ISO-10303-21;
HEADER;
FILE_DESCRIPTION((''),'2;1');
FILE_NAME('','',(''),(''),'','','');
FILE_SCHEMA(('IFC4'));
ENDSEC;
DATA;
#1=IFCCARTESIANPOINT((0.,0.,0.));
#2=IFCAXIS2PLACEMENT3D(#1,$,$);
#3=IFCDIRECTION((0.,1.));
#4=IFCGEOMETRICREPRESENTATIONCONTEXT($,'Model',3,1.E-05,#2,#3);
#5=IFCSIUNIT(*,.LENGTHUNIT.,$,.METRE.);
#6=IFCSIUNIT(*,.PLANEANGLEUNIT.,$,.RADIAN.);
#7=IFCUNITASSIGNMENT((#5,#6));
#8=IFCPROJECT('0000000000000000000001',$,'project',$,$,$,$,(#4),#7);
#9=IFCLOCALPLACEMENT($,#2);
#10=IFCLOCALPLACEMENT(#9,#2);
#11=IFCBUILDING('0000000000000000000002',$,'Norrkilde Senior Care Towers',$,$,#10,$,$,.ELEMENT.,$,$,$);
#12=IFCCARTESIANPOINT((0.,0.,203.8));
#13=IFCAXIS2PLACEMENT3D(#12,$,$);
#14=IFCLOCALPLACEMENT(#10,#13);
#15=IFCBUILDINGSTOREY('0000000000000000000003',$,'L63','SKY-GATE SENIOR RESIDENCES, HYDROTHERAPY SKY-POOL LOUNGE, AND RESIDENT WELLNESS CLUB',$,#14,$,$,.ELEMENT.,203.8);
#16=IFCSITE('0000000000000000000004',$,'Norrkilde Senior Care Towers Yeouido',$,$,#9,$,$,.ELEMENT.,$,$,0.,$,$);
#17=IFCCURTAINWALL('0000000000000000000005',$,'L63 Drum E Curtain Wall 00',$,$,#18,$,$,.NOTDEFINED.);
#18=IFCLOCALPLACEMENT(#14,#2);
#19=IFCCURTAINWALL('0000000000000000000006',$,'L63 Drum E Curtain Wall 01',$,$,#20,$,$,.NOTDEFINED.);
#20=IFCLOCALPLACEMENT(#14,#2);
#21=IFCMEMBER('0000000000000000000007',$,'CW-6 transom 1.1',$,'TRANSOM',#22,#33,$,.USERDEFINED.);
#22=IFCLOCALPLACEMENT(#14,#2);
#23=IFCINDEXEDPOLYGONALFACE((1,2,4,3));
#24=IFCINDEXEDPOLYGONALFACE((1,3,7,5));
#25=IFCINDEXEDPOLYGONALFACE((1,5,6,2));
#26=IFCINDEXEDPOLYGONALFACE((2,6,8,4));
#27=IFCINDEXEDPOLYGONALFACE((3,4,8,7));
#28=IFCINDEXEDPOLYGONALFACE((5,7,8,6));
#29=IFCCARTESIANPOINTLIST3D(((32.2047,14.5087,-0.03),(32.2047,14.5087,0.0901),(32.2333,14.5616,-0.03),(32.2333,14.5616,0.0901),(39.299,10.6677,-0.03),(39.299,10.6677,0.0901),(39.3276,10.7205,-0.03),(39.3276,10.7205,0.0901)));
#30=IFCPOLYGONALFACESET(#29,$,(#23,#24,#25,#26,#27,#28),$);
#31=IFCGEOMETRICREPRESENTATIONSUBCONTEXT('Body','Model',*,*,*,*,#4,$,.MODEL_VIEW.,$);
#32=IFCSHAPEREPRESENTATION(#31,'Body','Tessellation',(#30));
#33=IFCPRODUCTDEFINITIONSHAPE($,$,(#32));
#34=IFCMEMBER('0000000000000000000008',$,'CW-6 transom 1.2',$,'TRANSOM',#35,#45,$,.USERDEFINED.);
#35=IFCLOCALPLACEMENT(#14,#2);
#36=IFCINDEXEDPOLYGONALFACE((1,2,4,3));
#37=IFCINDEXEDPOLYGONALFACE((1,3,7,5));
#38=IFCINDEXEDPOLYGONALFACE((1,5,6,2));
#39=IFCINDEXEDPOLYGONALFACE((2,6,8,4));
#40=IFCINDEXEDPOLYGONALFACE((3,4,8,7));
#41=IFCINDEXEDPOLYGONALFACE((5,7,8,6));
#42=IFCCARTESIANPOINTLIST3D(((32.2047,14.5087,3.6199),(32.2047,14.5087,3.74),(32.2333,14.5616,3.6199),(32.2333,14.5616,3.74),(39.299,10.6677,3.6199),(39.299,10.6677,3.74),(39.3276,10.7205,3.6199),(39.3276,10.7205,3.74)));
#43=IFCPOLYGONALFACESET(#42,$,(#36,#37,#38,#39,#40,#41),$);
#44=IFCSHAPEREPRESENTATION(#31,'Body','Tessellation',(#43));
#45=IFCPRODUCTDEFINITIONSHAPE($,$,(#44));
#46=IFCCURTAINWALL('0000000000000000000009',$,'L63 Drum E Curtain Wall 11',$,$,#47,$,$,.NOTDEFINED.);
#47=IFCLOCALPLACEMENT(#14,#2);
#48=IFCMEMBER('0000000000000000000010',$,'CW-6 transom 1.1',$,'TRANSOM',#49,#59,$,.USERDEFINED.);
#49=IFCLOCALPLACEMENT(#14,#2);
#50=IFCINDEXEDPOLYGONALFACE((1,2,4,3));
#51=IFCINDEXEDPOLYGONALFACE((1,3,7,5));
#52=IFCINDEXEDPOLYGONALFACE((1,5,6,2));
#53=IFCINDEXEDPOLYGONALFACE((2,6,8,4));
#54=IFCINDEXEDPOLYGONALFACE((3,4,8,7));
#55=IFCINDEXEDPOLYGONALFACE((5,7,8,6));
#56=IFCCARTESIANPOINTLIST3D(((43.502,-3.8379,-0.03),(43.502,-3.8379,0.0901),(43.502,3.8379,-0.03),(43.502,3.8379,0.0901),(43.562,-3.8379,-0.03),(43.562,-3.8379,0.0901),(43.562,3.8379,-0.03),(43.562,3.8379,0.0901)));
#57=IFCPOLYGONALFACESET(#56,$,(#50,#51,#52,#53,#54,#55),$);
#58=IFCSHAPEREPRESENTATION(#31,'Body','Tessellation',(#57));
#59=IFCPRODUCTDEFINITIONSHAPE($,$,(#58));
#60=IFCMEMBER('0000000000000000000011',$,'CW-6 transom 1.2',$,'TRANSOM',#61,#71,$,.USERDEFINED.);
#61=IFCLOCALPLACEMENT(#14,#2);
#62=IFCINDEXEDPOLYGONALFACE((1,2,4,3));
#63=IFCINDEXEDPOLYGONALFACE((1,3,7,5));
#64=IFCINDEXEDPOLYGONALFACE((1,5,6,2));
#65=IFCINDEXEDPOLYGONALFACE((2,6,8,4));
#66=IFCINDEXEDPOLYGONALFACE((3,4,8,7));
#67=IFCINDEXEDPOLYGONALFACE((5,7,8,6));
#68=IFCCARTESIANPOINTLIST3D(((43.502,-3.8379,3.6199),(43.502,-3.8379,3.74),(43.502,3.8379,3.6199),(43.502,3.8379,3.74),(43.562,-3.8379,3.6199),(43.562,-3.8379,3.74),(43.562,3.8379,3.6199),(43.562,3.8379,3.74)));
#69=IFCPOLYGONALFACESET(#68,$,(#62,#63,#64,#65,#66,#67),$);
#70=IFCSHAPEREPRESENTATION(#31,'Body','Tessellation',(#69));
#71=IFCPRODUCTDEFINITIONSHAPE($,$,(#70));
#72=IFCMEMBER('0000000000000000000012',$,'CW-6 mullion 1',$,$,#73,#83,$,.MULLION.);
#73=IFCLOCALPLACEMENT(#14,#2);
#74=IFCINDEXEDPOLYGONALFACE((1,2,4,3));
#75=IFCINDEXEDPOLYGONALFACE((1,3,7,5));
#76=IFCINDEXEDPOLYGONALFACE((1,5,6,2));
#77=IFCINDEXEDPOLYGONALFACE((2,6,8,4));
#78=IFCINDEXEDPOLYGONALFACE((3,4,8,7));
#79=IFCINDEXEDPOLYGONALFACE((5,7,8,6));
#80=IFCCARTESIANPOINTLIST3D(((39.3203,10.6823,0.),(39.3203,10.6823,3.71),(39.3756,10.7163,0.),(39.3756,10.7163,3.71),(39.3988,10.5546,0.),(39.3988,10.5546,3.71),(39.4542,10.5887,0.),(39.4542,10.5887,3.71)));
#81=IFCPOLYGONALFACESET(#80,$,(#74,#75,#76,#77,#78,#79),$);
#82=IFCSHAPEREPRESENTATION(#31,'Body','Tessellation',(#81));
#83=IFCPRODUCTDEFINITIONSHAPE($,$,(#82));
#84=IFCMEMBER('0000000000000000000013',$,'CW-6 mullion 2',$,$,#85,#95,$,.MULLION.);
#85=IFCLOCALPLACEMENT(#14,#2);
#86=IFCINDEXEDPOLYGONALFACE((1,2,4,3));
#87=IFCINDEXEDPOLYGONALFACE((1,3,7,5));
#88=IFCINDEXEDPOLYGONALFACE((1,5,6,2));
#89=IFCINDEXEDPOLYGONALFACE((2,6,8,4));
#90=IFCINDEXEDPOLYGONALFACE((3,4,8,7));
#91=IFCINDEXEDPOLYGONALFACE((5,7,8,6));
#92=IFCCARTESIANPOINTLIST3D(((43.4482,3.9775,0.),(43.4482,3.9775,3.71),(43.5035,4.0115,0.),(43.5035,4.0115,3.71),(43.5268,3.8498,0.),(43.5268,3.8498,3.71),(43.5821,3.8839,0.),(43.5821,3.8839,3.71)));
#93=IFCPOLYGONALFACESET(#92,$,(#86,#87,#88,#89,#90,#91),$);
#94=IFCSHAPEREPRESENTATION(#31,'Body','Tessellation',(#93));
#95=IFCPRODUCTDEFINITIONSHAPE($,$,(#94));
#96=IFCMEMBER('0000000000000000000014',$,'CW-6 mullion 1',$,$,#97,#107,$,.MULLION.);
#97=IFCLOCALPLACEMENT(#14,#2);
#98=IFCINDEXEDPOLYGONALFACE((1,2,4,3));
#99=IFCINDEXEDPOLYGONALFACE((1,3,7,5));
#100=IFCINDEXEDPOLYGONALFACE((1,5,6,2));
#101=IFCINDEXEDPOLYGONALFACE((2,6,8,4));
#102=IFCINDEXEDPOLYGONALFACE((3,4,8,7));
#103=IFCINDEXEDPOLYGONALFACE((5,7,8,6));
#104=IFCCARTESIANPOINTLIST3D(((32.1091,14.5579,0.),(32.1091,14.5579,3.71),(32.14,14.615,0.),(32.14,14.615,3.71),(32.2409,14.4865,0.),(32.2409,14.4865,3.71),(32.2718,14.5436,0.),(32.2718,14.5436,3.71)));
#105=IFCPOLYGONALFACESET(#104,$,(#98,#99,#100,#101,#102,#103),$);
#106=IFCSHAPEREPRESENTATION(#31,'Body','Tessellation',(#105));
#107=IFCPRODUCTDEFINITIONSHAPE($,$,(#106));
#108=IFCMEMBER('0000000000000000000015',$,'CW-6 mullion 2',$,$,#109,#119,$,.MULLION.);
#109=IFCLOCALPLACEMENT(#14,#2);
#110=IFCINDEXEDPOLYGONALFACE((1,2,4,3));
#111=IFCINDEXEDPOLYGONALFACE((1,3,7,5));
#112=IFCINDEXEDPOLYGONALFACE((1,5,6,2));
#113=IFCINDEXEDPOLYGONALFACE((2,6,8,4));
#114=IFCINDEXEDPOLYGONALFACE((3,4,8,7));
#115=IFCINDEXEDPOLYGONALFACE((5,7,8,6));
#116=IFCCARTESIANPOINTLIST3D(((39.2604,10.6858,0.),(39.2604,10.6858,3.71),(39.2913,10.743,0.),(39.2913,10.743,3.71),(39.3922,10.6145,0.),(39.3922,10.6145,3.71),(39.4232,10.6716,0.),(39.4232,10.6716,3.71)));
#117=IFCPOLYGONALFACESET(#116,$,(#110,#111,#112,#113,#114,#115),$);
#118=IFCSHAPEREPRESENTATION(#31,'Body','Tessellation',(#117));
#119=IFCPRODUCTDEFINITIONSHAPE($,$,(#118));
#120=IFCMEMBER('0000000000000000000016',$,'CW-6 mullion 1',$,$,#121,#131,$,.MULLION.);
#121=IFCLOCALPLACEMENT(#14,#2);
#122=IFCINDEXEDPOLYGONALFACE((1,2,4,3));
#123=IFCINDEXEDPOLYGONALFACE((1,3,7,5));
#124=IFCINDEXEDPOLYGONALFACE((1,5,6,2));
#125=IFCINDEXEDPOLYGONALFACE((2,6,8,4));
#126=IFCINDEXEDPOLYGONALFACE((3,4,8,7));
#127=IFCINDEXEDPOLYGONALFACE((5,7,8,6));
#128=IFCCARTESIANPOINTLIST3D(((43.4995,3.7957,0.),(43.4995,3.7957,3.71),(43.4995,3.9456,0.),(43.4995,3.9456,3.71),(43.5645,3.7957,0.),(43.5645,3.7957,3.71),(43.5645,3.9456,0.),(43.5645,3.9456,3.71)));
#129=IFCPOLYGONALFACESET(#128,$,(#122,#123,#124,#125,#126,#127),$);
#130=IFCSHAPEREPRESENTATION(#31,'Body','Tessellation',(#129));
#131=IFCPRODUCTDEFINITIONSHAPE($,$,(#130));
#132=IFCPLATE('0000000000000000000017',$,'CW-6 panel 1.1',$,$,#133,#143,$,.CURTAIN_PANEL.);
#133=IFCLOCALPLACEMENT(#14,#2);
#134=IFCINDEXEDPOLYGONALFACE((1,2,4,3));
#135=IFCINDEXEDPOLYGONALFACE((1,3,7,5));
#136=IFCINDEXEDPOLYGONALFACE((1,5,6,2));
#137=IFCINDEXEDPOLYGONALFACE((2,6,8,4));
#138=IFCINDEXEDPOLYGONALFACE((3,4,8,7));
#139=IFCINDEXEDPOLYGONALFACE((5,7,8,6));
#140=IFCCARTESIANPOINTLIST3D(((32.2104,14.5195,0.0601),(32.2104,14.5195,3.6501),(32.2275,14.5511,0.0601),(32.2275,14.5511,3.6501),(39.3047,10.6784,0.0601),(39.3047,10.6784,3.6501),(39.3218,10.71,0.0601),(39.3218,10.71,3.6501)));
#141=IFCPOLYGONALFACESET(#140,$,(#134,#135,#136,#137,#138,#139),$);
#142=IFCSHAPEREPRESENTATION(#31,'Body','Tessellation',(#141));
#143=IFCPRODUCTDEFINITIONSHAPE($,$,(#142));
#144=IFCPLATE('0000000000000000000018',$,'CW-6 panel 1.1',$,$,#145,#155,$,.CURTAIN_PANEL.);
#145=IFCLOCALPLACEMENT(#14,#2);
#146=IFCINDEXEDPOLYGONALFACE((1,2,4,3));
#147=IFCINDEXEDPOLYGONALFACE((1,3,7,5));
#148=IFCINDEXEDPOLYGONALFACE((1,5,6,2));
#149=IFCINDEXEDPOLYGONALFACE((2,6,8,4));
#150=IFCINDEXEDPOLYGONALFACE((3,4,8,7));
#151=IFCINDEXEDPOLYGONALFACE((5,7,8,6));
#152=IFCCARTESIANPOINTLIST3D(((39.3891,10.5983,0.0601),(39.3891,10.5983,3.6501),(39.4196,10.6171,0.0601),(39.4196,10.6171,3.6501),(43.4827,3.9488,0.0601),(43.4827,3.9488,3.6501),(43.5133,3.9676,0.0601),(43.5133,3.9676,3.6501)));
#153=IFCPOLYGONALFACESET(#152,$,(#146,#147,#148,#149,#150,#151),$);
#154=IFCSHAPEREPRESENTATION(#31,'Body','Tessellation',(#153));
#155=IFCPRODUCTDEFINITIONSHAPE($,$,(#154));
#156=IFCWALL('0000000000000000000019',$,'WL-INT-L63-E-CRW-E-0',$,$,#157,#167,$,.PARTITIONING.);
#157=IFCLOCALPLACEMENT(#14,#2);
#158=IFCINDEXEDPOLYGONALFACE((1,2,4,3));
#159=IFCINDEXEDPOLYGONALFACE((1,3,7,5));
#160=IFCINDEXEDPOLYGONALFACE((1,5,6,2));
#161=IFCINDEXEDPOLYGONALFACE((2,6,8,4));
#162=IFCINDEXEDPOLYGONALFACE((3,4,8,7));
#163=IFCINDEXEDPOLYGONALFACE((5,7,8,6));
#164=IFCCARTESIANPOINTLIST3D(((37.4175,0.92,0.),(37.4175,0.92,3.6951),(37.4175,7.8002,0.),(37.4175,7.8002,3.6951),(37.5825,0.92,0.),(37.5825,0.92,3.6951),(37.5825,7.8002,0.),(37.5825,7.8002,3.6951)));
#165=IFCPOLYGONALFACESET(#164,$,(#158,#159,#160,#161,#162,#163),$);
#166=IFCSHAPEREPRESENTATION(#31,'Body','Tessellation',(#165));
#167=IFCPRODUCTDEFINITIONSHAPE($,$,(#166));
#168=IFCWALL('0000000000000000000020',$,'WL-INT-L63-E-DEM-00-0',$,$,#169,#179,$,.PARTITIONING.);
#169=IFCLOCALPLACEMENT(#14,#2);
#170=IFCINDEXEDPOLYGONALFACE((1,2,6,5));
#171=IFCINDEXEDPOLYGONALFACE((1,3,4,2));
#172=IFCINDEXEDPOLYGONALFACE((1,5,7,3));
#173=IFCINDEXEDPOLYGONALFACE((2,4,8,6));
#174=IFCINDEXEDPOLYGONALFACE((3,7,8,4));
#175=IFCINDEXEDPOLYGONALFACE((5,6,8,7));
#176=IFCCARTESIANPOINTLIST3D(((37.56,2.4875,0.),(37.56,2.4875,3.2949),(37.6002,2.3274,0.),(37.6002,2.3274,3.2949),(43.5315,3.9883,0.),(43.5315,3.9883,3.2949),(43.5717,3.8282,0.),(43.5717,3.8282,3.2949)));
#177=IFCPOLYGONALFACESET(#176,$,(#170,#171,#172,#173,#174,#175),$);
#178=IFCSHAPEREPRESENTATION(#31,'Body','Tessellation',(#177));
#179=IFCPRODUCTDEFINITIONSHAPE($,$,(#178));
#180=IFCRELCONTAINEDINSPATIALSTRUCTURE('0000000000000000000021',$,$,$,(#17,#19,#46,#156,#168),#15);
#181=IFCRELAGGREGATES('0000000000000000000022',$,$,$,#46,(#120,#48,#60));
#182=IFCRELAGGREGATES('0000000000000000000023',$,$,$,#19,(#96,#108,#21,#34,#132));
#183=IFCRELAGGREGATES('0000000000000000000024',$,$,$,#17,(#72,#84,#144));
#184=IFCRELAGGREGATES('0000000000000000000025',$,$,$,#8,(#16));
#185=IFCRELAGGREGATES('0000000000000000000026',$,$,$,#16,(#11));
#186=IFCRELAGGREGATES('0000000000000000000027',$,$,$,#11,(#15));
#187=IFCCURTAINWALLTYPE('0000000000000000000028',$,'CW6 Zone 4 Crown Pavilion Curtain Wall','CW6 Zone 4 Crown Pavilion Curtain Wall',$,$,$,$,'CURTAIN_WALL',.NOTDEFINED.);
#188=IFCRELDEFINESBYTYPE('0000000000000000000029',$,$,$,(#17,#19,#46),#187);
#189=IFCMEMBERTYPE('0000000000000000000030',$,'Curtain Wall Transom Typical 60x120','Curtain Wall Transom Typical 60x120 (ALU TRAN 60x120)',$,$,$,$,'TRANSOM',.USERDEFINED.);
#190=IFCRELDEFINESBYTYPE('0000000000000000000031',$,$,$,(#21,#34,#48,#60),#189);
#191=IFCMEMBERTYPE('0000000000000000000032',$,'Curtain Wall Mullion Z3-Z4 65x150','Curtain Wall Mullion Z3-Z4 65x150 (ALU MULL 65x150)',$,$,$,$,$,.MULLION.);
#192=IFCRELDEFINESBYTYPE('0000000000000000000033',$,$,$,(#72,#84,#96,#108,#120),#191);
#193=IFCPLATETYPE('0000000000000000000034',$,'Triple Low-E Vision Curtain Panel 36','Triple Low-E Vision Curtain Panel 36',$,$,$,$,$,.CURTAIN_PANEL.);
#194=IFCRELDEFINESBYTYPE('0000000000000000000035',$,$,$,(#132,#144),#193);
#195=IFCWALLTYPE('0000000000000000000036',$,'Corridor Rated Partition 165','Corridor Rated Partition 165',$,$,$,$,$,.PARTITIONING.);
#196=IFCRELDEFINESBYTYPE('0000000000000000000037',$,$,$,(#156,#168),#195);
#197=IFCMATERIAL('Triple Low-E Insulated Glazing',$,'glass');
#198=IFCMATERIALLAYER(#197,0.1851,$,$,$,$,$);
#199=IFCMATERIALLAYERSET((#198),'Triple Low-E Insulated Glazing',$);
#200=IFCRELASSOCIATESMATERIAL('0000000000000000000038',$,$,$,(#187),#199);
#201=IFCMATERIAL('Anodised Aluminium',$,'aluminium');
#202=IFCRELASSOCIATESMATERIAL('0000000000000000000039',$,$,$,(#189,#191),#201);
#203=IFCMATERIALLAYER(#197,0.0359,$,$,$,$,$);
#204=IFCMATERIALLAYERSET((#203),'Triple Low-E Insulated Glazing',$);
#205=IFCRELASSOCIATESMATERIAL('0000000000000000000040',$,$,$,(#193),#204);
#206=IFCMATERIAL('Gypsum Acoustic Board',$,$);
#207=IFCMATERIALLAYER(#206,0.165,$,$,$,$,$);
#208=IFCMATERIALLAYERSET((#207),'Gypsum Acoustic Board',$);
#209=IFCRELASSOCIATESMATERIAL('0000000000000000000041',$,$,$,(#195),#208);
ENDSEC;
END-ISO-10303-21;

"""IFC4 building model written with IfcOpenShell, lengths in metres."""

from ifc_helpers import new_model, si_unit, direction, frame, frame_2d, origin, origin_2d, place, context, subcontext, project, spatial, rectangle, extrude, source, transform, mapped, material, layer, layer_set, material_profile, profile_set, type_object, type_shapes, element, aggregate, save


model = new_model("IFC4")

# Units and contexts
model_context = context("Model", 3, precision=1e-05, world=origin(), true_north=direction((0.0, 1.0)))
body_context = subcontext(model_context, "Body", "Model", "MODEL_VIEW")
ifc_project = project(units=[si_unit("LENGTHUNIT", "METRE"), si_unit("PLANEANGLEUNIT", "RADIAN")], contexts=[model_context])

# Site, building, storey
site_placement = place(None, origin())
site = spatial("IfcSite", under=ifc_project, at=site_placement, Name="Norrkilde Senior Care Towers Yeouido", CompositionType="ELEMENT", RefElevation=0.0)
building_placement = place(site_placement, origin())
building = spatial("IfcBuilding", under=site, at=building_placement, Name="Norrkilde Senior Care Towers", CompositionType="ELEMENT")
storey_placement = place(building_placement, frame((0.0, 0.0, 203.8)))
storey = spatial("IfcBuildingStorey", under=building, at=storey_placement, Name="L63", Description="SKY-GATE SENIOR RESIDENCES, HYDROTHERAPY SKY-POOL LOUNGE, AND RESIDENT WELLNESS CLUB", CompositionType="ELEMENT", Elevation=203.8)

# Curtain walls, members
ifc_material_1 = material(Name="Triple Low-E Insulated Glazing", Category="glass")
ifc_layer_1 = layer(ifc_material_1, 0.1851)
ifc_layer_set_1 = layer_set([ifc_layer_1], Name="Triple Low-E Insulated Glazing")
curtain_wall_type = type_object("IfcCurtainWallType", Name="CW6 Zone 4 Crown Pavilion Curtain Wall", Description="CW6 Zone 4 Crown Pavilion Curtain Wall", ElementType="CURTAIN_WALL", PredefinedType="NOTDEFINED", material=ifc_layer_set_1)
curtain_wall_1_placement = place(storey_placement, origin())
curtain_wall_1 = element("IfcCurtainWall", 1, at=curtain_wall_1_placement, inside=storey, type_object=curtain_wall_type, Name="L63 Drum E Curtain Wall 00", PredefinedType="NOTDEFINED")
ifc_material_2 = material(Name="Anodised Aluminium", Category="aluminium")
ifc_material_profile_1 = material_profile(ifc_material_2, rectangle(XDim=0.0601, YDim=0.1201, at=origin_2d()), Name="ALU TRAN 60x120")
ifc_profile_set_1 = profile_set([ifc_material_profile_1], Name="Anodised Aluminium")
member_type_1 = type_object("IfcMemberType", Name="Curtain Wall Transom Typical 60x120", Description="Curtain Wall Transom Typical 60x120 (ALU TRAN 60x120)", ElementType="TRANSOM", PredefinedType="USERDEFINED", material=ifc_profile_set_1)
curtain_wall_2_placement = place(storey_placement, origin())
curtain_wall_2 = element("IfcCurtainWall", 2, at=curtain_wall_2_placement, inside=storey, type_object=curtain_wall_type, Name="L63 Drum E Curtain Wall 01", PredefinedType="NOTDEFINED")
shared_shape_1 = source(origin(), body_context, "Body", "SweptSolid", [
    extrude(rectangle(XDim=0.0601, YDim=0.1201, at=origin_2d()), origin(), (0.0, 0.0, 1.0), 8.0674),
])
member_1_placement = place(storey_placement, frame((32.219, 14.5352, 0.03), z_axis=(0.879378, -0.476125, 0.0), x_axis=(0.476125, 0.879378, 0.0)))
member_1 = element("IfcMember", 3, at=member_1_placement, type_object=member_type_1, Name="CW-6 transom 1.1", ObjectType="TRANSOM", PredefinedType="USERDEFINED", context=body_context, shape_type="MappedRepresentation", body=[
    mapped(shared_shape_1, transform((0.0, 0.0, 0.0), x_axis=(1.0, 0.0, 0.0), y_axis=(0.0, 1.0, 0.0), z_axis=(0.0, 0.0, 1.0), scale=1.0)),
])
member_2_placement = place(storey_placement, frame((32.219, 14.5352, 3.6799), z_axis=(0.879378, -0.476125, 0.0), x_axis=(0.476125, 0.879378, 0.0)))
member_2 = element("IfcMember", 4, at=member_2_placement, type_object=member_type_1, Name="CW-6 transom 1.2", ObjectType="TRANSOM", PredefinedType="USERDEFINED", context=body_context, shape_type="MappedRepresentation", body=[
    mapped(shared_shape_1, transform((0.0, 0.0, 0.0), x_axis=(1.0, 0.0, 0.0), y_axis=(0.0, 1.0, 0.0), z_axis=(0.0, 0.0, 1.0), scale=1.0)),
])
curtain_wall_3_placement = place(storey_placement, origin())
curtain_wall_3 = element("IfcCurtainWall", 5, at=curtain_wall_3_placement, inside=storey, type_object=curtain_wall_type, Name="L63 Drum E Curtain Wall 11", PredefinedType="NOTDEFINED")
shared_shape_2 = source(origin(), body_context, "Body", "SweptSolid", [
    extrude(rectangle(XDim=0.0601, YDim=0.1201, at=origin_2d()), origin(), (0.0, 0.0, 1.0), 7.6758),
])
member_3_placement = place(storey_placement, frame((43.532, 3.8379, 0.03), z_axis=(0.0, -1.0, 0.0), x_axis=(1.0, 0.0, 0.0)))
member_3 = element("IfcMember", 6, at=member_3_placement, type_object=member_type_1, Name="CW-6 transom 1.1", ObjectType="TRANSOM", PredefinedType="USERDEFINED", context=body_context, shape_type="MappedRepresentation", body=[
    mapped(shared_shape_2, transform((0.0, 0.0, 0.0), x_axis=(1.0, 0.0, 0.0), y_axis=(0.0, 1.0, 0.0), z_axis=(0.0, 0.0, 1.0), scale=1.0)),
])
member_4_placement = place(storey_placement, frame((43.532, 3.8379, 3.6799), z_axis=(0.0, -1.0, 0.0), x_axis=(1.0, 0.0, 0.0)))
member_4 = element("IfcMember", 7, at=member_4_placement, type_object=member_type_1, Name="CW-6 transom 1.2", ObjectType="TRANSOM", PredefinedType="USERDEFINED", context=body_context, shape_type="MappedRepresentation", body=[
    mapped(shared_shape_2, transform((0.0, 0.0, 0.0), x_axis=(1.0, 0.0, 0.0), y_axis=(0.0, 1.0, 0.0), z_axis=(0.0, 0.0, 1.0), scale=1.0)),
])

# Members
ifc_material_profile_2 = material_profile(ifc_material_2, rectangle(XDim=0.0649, YDim=0.1499, at=origin_2d()), Name="ALU MULL 65x150")
ifc_profile_set_2 = profile_set([ifc_material_profile_2], Name="Anodised Aluminium")
member_type_2 = type_object("IfcMemberType", Name="Curtain Wall Mullion Z3-Z4 65x150", Description="Curtain Wall Mullion Z3-Z4 65x150 (ALU MULL 65x150)", PredefinedType="MULLION", material=ifc_profile_set_2)
shared_shape_3 = source(origin(), body_context, "Body", "SweptSolid", [
    extrude(rectangle(XDim=0.0649, YDim=0.1499, at=origin_2d()), origin(), (0.0, 0.0, 1.0), 3.71),
])
type_shapes(member_type_2, [shared_shape_3])
member_5_placement = place(storey_placement, frame((39.3872, 10.6355, 0.0), z_axis=(0.0, 0.0, 1.0), x_axis=(0.851563, 0.524253, 0.0)))
member_5 = element("IfcMember", 8, at=member_5_placement, type_object=member_type_2, Name="CW-6 mullion 1", PredefinedType="MULLION", context=body_context, shape_type="MappedRepresentation", body=[
    mapped(shared_shape_3, transform((0.0, 0.0, 0.0), x_axis=(1.0, 0.0, 0.0), y_axis=(0.0, 1.0, 0.0), z_axis=(0.0, 0.0, 1.0), scale=1.0)),
])
member_6_placement = place(storey_placement, frame((43.5151, 3.9307, 0.0), z_axis=(0.0, 0.0, 1.0), x_axis=(0.851563, 0.524253, 0.0)))
member_6 = element("IfcMember", 9, at=member_6_placement, type_object=member_type_2, Name="CW-6 mullion 2", PredefinedType="MULLION", context=body_context, shape_type="MappedRepresentation", body=[
    mapped(shared_shape_3, transform((0.0, 0.0, 0.0), x_axis=(1.0, 0.0, 0.0), y_axis=(0.0, 1.0, 0.0), z_axis=(0.0, 0.0, 1.0), scale=1.0)),
])
member_7_placement = place(storey_placement, frame((32.1904, 14.5508, 0.0), z_axis=(0.0, 0.0, 1.0), x_axis=(0.476133, 0.879373, 0.0)))
member_7 = element("IfcMember", 10, at=member_7_placement, type_object=member_type_2, Name="CW-6 mullion 1", PredefinedType="MULLION", context=body_context, shape_type="MappedRepresentation", body=[
    mapped(shared_shape_3, transform((0.0, 0.0, 0.0), x_axis=(1.0, 0.0, 0.0), y_axis=(0.0, 1.0, 0.0), z_axis=(0.0, 0.0, 1.0), scale=1.0)),
])
member_8_placement = place(storey_placement, frame((39.3418, 10.6787, 0.0), z_axis=(0.0, 0.0, 1.0), x_axis=(0.476133, 0.879373, 0.0)))
member_8 = element("IfcMember", 11, at=member_8_placement, type_object=member_type_2, Name="CW-6 mullion 2", PredefinedType="MULLION", context=body_context, shape_type="MappedRepresentation", body=[
    mapped(shared_shape_3, transform((0.0, 0.0, 0.0), x_axis=(1.0, 0.0, 0.0), y_axis=(0.0, 1.0, 0.0), z_axis=(0.0, 0.0, 1.0), scale=1.0)),
])
member_9_placement = place(storey_placement, frame((43.532, 3.8706, 0.0), z_axis=(0.0, 0.0, 1.0), x_axis=(1.0, 0.0, 0.0)))
member_9 = element("IfcMember", 12, at=member_9_placement, type_object=member_type_2, Name="CW-6 mullion 1", PredefinedType="MULLION", context=body_context, shape_type="MappedRepresentation", body=[
    mapped(shared_shape_3, transform((0.0, 0.0, 0.0), x_axis=(1.0, 0.0, 0.0), y_axis=(0.0, 1.0, 0.0), z_axis=(0.0, 0.0, 1.0), scale=1.0)),
])
aggregate(curtain_wall_3, [member_9, member_3, member_4])

# Plates
ifc_layer_2 = layer(ifc_material_1, 0.0359)
ifc_layer_set_2 = layer_set([ifc_layer_2], Name="Triple Low-E Insulated Glazing")
plate_type = type_object("IfcPlateType", Name="Triple Low-E Vision Curtain Panel 36", Description="Triple Low-E Vision Curtain Panel 36", PredefinedType="CURTAIN_PANEL", material=ifc_layer_set_2)
shared_shape_4 = source(origin(), body_context, "Body", "SweptSolid", [
    extrude(rectangle(XDim=8.0674, YDim=0.0359, at=origin_2d()), origin(), (0.0, 0.0, 1.0), 3.5901),
])
plate_1_placement = place(storey_placement, frame((35.7661, 12.6147, 0.0601), z_axis=(0.0, 0.0, 1.0), x_axis=(0.879373, -0.476133, 0.0)))
plate_1 = element("IfcPlate", 13, at=plate_1_placement, type_object=plate_type, Name="CW-6 panel 1.1", PredefinedType="CURTAIN_PANEL", context=body_context, shape_type="MappedRepresentation", body=[
    mapped(shared_shape_4, transform((0.0, 0.0, 0.0), x_axis=(1.0, 0.0, 0.0), y_axis=(0.0, 1.0, 0.0), z_axis=(0.0, 0.0, 1.0), scale=1.0)),
])
aggregate(curtain_wall_2, [member_7, member_8, member_1, member_2, plate_1])
shared_shape_5 = source(origin(), body_context, "Body", "SweptSolid", [
    extrude(rectangle(XDim=7.8086, YDim=0.0359, at=origin_2d()), origin(), (0.0, 0.0, 1.0), 3.5901),
])
type_shapes(plate_type, [shared_shape_4, shared_shape_5])
plate_2_placement = place(storey_placement, frame((41.4512, 7.283, 0.0601), z_axis=(0.0, 0.0, 1.0), x_axis=(0.524253, -0.851563, 0.0)))
plate_2 = element("IfcPlate", 14, at=plate_2_placement, type_object=plate_type, Name="CW-6 panel 1.1", PredefinedType="CURTAIN_PANEL", context=body_context, shape_type="MappedRepresentation", body=[
    mapped(shared_shape_5, transform((0.0, 0.0, 0.0), x_axis=(1.0, 0.0, 0.0), y_axis=(0.0, 1.0, 0.0), z_axis=(0.0, 0.0, 1.0), scale=1.0)),
])
aggregate(curtain_wall_1, [member_5, member_6, plate_2])

# Walls
ifc_material_3 = material(Name="Gypsum Acoustic Board")
ifc_layer_3 = layer(ifc_material_3, 0.165)
ifc_layer_set_3 = layer_set([ifc_layer_3], Name="Gypsum Acoustic Board")
wall_type_1 = type_object("IfcWallType", Name="Corridor Rated Partition 165", Description="Corridor Rated Partition 165", PredefinedType="PARTITIONING", material=ifc_layer_set_3)
shared_shape_6 = source(origin(), body_context, "Body", "SweptSolid", [
    extrude(rectangle(XDim=6.8801, YDim=0.165, at=frame_2d((3.4399, 0.0))), origin(), (0.0, 0.0, 1.0), 3.6951),
])
wall_1_placement = place(storey_placement, frame((37.5, 7.8, 0.0), z_axis=(0.0, 0.0, 1.0), x_axis=(0.0, -1.0, 0.0)))
element("IfcWall", 15, at=wall_1_placement, inside=storey, type_object=wall_type_1, Name="WL-INT-L63-E-CRW-E-0", PredefinedType="PARTITIONING", context=body_context, shape_type="MappedRepresentation", body=[
    mapped(shared_shape_6, transform((0.0, 0.0, 0.0), x_axis=(1.0, 0.0, 0.0), y_axis=(0.0, 1.0, 0.0), z_axis=(0.0, 0.0, 1.0), scale=1.0)),
])
shared_shape_7 = source(origin(), body_context, "Body", "SweptSolid", [
    extrude(rectangle(XDim=6.1572, YDim=0.165, at=frame_2d((3.0786, 0.0))), origin(), (0.0, 0.0, 1.0), 3.2949),
])
type_shapes(wall_type_1, [shared_shape_6, shared_shape_7])
wall_2_placement = place(storey_placement, frame((37.5801, 2.4075, 0.0), z_axis=(0.0, 0.0, 1.0), x_axis=(0.969841, 0.243739, 0.0)))
element("IfcWall", 16, at=wall_2_placement, inside=storey, type_object=wall_type_1, Name="WL-INT-L63-E-DEM-00-0", PredefinedType="PARTITIONING", context=body_context, shape_type="MappedRepresentation", body=[
    mapped(shared_shape_7, transform((0.0, 0.0, 0.0), x_axis=(1.0, 0.0, 0.0), y_axis=(0.0, 1.0, 0.0), z_axis=(0.0, 0.0, 1.0), scale=1.0)),
])

save(model, "model.ifc")
